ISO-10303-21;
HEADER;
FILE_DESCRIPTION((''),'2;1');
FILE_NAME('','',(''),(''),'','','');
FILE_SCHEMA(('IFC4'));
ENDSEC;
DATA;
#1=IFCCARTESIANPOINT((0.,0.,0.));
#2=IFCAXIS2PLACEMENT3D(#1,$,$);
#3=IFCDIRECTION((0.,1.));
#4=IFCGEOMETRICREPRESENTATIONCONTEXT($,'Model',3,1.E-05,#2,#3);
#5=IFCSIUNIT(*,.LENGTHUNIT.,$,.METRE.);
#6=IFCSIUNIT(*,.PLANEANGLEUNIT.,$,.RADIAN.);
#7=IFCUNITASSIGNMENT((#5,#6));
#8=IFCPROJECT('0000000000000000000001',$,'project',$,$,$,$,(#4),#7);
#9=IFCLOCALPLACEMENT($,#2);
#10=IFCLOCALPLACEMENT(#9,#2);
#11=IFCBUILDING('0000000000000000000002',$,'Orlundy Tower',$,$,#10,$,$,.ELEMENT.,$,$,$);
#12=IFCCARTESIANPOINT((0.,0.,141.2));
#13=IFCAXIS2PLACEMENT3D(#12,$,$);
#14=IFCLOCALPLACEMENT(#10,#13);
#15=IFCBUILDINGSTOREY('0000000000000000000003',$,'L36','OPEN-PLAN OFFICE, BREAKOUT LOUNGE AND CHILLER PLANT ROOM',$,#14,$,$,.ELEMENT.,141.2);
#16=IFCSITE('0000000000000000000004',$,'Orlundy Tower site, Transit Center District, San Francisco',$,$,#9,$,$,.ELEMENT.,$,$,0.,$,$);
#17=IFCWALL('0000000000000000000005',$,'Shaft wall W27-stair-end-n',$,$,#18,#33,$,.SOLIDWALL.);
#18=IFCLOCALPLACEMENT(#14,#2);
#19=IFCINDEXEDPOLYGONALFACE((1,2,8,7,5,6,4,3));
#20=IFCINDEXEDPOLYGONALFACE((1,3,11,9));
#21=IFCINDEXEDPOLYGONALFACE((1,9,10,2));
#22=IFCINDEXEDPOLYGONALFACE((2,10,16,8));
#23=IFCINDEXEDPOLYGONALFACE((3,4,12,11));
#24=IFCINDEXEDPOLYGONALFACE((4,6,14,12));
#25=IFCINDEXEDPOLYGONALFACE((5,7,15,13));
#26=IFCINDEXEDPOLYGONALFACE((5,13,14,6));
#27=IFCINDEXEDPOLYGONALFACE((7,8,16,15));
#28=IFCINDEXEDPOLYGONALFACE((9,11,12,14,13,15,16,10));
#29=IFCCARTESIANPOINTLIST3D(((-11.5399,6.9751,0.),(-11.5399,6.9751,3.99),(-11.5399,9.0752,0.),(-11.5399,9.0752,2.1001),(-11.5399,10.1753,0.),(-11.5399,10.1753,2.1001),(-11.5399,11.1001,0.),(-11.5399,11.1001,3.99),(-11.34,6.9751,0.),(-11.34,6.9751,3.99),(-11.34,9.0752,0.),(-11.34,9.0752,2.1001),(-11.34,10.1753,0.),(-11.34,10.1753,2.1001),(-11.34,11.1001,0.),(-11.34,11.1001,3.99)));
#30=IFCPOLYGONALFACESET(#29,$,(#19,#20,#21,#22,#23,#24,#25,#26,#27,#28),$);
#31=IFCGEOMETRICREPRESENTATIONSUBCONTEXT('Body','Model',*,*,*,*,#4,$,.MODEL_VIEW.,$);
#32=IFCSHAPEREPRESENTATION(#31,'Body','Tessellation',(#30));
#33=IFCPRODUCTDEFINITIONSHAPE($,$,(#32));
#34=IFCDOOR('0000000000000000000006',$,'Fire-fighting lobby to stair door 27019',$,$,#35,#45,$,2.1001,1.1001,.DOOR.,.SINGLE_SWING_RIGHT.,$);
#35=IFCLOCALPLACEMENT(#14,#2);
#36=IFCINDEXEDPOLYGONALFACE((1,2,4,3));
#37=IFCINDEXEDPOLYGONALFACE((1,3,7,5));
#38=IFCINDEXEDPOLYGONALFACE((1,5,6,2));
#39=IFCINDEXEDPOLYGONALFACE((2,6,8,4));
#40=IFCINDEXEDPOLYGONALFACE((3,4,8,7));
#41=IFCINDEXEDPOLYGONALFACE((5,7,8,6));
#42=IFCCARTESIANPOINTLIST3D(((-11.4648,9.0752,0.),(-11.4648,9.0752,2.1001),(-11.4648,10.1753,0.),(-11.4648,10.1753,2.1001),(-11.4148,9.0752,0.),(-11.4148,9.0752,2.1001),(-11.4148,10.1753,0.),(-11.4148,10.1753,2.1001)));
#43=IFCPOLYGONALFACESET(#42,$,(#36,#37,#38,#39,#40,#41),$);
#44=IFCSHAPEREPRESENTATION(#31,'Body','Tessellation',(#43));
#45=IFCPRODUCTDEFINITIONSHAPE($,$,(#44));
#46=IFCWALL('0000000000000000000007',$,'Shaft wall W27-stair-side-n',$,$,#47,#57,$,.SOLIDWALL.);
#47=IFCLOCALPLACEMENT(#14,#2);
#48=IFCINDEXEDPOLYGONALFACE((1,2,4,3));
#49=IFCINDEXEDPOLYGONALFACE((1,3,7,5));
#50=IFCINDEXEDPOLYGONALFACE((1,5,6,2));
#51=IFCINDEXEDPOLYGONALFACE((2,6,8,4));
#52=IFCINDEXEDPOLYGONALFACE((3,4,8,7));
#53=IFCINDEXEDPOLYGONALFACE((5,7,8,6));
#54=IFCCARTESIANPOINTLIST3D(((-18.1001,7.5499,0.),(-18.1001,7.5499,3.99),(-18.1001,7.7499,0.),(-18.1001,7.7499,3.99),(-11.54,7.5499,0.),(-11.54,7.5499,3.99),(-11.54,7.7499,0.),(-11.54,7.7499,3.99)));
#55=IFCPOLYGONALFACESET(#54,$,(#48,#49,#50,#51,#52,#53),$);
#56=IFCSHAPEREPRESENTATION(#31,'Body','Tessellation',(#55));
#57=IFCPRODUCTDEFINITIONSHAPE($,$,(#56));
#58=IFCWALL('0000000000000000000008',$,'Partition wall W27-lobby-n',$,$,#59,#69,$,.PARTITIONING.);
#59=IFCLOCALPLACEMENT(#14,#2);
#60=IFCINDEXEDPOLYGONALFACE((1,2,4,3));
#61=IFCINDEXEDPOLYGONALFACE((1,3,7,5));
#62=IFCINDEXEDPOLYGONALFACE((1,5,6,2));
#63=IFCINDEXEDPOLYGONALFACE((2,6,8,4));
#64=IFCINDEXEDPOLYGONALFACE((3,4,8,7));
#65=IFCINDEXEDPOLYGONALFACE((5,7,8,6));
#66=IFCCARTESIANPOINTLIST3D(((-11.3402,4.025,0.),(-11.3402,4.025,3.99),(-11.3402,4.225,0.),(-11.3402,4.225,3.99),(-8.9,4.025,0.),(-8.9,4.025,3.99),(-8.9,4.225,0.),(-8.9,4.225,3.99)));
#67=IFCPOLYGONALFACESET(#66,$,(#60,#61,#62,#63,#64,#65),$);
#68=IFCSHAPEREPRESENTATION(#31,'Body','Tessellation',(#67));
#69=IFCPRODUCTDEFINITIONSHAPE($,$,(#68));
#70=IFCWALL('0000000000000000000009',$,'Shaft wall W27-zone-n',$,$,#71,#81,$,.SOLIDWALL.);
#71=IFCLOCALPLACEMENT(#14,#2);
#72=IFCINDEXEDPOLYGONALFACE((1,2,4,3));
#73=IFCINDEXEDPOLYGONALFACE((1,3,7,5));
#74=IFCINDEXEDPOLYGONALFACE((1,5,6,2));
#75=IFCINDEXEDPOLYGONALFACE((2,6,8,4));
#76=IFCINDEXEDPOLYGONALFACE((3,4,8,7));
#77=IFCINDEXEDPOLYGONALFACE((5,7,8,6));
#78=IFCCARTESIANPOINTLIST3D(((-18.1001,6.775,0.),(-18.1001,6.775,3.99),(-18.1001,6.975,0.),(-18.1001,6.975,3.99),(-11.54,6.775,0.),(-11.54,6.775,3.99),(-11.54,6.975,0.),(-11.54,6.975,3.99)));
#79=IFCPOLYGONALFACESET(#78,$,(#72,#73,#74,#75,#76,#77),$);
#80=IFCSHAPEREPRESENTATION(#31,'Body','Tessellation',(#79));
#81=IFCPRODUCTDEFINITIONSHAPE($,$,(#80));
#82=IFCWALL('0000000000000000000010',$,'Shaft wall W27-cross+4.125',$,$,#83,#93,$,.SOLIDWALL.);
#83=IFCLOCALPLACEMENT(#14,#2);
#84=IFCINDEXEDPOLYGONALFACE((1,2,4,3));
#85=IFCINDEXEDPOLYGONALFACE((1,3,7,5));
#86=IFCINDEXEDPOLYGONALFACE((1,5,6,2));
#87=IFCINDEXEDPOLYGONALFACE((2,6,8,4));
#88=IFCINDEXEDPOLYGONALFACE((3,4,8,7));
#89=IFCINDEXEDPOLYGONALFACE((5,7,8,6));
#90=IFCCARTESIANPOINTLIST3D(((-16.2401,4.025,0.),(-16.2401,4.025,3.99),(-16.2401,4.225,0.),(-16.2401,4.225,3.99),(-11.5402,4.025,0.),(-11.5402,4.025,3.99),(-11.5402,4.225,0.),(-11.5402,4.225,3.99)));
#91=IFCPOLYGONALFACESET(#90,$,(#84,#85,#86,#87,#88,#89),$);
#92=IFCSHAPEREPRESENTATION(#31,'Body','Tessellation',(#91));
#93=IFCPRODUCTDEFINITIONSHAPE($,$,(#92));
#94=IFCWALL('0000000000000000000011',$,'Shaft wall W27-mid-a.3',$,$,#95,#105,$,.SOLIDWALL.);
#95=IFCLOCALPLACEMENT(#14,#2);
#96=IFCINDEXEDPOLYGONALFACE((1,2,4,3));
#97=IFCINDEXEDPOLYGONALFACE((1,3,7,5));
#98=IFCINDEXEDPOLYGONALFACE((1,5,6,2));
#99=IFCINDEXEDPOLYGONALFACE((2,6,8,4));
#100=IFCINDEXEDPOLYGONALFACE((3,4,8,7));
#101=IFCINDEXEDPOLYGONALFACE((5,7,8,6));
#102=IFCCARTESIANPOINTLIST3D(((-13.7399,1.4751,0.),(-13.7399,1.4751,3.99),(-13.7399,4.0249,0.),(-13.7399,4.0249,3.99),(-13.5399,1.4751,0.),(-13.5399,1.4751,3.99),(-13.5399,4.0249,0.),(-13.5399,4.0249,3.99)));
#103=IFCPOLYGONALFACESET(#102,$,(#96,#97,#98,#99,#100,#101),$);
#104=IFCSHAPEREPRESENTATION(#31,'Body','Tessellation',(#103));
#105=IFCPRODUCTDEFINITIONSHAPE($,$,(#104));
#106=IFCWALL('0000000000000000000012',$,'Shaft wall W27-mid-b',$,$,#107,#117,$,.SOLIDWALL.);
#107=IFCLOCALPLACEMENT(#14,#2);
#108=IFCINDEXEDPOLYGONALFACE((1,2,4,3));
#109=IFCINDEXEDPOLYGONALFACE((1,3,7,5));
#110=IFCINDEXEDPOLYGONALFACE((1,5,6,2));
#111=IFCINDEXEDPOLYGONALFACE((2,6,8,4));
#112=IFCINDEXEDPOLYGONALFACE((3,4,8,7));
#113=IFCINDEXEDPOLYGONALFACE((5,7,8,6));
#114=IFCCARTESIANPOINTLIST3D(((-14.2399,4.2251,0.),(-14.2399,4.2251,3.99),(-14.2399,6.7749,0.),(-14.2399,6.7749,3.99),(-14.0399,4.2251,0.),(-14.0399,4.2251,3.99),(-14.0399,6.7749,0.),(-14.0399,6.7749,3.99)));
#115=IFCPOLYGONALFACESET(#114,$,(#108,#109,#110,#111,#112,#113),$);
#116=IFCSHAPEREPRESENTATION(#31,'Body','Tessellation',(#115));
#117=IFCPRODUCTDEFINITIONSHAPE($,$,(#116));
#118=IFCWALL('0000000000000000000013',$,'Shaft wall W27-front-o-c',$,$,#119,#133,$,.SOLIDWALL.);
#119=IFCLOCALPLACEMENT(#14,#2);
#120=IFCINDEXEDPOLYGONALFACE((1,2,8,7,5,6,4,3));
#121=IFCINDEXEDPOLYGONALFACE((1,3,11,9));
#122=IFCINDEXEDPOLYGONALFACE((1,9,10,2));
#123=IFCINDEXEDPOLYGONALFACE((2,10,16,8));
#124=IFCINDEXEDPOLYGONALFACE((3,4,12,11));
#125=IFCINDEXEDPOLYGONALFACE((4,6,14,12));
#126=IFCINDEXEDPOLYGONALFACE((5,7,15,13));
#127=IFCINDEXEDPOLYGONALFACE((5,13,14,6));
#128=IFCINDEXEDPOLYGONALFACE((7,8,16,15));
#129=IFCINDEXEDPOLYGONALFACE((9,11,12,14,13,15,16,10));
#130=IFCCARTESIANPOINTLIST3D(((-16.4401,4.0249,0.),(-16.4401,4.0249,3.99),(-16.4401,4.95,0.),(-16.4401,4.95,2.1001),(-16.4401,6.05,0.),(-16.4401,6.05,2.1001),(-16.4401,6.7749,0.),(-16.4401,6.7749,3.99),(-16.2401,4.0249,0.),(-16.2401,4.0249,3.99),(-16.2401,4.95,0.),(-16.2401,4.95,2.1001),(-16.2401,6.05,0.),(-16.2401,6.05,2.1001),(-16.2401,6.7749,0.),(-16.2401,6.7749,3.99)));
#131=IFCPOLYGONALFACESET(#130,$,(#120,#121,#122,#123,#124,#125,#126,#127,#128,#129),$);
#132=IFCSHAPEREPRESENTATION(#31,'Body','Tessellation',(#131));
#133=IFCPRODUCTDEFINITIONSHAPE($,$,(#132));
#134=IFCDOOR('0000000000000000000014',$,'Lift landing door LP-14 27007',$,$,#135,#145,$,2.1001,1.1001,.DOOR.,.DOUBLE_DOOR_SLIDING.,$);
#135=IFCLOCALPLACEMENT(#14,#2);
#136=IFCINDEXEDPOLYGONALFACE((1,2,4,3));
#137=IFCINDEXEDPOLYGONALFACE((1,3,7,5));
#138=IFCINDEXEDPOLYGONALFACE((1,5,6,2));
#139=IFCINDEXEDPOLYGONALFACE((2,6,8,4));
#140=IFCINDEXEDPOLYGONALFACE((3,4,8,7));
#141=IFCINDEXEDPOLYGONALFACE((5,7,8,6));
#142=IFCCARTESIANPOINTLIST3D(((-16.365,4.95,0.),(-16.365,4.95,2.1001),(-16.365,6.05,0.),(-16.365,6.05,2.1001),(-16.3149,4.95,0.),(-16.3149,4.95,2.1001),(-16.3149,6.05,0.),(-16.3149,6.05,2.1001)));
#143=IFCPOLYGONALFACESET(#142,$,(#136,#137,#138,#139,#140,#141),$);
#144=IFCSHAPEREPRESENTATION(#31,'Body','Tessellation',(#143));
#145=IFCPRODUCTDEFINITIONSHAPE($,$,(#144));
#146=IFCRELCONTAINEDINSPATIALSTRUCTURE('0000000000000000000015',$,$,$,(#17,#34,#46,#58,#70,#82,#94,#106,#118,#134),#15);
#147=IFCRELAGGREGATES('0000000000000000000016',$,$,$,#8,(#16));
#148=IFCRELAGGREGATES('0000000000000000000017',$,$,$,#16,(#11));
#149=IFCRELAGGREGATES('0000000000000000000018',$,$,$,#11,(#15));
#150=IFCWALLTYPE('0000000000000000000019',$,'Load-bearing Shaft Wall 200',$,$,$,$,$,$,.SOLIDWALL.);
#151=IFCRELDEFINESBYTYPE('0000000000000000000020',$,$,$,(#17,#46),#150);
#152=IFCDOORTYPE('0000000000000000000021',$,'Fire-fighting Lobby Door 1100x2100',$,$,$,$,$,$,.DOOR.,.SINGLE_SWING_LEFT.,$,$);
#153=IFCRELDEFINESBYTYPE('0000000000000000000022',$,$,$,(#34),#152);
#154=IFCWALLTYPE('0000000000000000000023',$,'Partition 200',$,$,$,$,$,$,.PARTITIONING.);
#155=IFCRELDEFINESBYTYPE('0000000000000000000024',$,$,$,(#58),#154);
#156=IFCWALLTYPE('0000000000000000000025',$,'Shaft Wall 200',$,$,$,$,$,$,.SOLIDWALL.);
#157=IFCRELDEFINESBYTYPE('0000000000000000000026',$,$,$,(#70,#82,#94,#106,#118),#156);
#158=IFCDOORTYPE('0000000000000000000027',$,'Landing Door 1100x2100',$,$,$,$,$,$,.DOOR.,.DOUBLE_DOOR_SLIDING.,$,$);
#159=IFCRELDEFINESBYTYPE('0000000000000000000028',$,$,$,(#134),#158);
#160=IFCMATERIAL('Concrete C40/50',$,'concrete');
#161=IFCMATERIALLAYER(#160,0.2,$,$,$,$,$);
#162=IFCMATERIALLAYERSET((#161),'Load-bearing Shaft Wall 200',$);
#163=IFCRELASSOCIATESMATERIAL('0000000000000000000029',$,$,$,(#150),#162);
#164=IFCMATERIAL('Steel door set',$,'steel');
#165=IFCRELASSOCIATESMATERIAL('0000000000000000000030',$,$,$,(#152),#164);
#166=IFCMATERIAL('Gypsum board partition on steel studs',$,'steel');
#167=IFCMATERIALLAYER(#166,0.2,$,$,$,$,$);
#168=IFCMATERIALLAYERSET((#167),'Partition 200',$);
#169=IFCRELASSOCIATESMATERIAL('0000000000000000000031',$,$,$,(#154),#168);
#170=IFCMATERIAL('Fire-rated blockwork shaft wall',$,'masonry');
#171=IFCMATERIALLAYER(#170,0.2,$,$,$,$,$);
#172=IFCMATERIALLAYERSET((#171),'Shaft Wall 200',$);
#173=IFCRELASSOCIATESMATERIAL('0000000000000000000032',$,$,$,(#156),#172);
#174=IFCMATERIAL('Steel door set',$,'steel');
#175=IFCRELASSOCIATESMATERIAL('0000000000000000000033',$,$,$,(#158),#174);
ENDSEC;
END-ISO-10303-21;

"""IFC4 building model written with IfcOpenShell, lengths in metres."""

from ifc_helpers import new_model, si_unit, direction, frame, frame_2d, origin, place, context, subcontext, project, spatial, rectangle, extrude, material, layer, layer_set, type_object, element, fill, save


model = new_model("IFC4")

# Units and contexts
model_context = context("Model", 3, precision=1e-05, world=origin(), true_north=direction((0.0, 1.0)))
body_context = subcontext(model_context, "Body", "Model", "MODEL_VIEW")
ifc_project = project(units=[si_unit("LENGTHUNIT", "METRE"), si_unit("PLANEANGLEUNIT", "RADIAN")], contexts=[model_context])

# Site, building, storey
site_placement = place(None, origin())
site = spatial("IfcSite", under=ifc_project, at=site_placement, Name="Orlundy Tower site, Transit Center District, San Francisco", CompositionType="ELEMENT", RefElevation=0.0)
building_placement = place(site_placement, origin())
building = spatial("IfcBuilding", under=site, at=building_placement, Name="Orlundy Tower", CompositionType="ELEMENT")
storey_placement = place(building_placement, frame((0.0, 0.0, 141.2)))
storey = spatial("IfcBuildingStorey", under=building, at=storey_placement, Name="L36", Description="OPEN-PLAN OFFICE, BREAKOUT LOUNGE AND CHILLER PLANT ROOM", CompositionType="ELEMENT", Elevation=141.2)

# Wall, opening, door
ifc_material_1 = material(Name="Concrete C40/50", Category="concrete")
ifc_layer_1 = layer(ifc_material_1, 0.2)
ifc_layer_set_1 = layer_set([ifc_layer_1], Name="Load-bearing Shaft Wall 200")
wall_type_1 = type_object("IfcWallType", Name="Load-bearing Shaft Wall 200", PredefinedType="SOLIDWALL", material=ifc_layer_set_1)
wall_1_placement = place(storey_placement, frame((-11.4399, 6.9751, 0.0), z_axis=(0.0, 0.0, 1.0), x_axis=(0.0, 1.0, 0.0)))
wall_1 = element("IfcWall", 1, at=wall_1_placement, inside=storey, type_object=wall_type_1, Name="Shaft wall W27-stair-end-n", PredefinedType="SOLIDWALL", context=body_context, shape_type="SweptSolid", body=[
    extrude(rectangle(XDim=4.125, YDim=0.2, at=frame_2d((2.0625, 0.0))), origin(), (0.0, 0.0, 1.0), 3.99),
])
opening_1_placement = place(wall_1_placement, frame((2.1001, 0.0, 0.0)))
opening_1 = element("IfcOpeningElement", 2, at=opening_1_placement, cuts=wall_1, PredefinedType="OPENING", context=body_context, shape_type="SweptSolid", body=[
    extrude(rectangle(XDim=1.1001, YDim=2.1001, at=frame_2d((0.55, 1.05))), frame((0.0, 0.1101, 0.0), z_axis=(0.0, -1.0, 0.0), x_axis=(1.0, 0.0, 0.0)), (0.0, 0.0, 1.0), 0.2202),
])
ifc_material_2 = material(Name="Steel door set", Category="steel")
door_type_1 = type_object("IfcDoorType", Name="Fire-fighting Lobby Door 1100x2100", OperationType="SINGLE_SWING_LEFT", PredefinedType="DOOR", material=ifc_material_2)
door_1_placement = place(opening_1_placement, origin())
door_1 = element("IfcDoor", 3, at=door_1_placement, inside=storey, type_object=door_type_1, Name="Fire-fighting lobby to stair door 27019", OperationType="SINGLE_SWING_RIGHT", OverallHeight=2.1001, OverallWidth=1.1001, PredefinedType="DOOR", context=body_context, shape_type="SweptSolid", body=[
    extrude(rectangle(XDim=1.1001, YDim=2.1001, at=frame_2d((0.55, 1.05))), frame((0.0, 0.0249, 0.0), z_axis=(0.0, -1.0, 0.0), x_axis=(1.0, 0.0, 0.0)), (0.0, 0.0, 1.0), 0.05),
])
fill(opening_1, door_1)

# Walls
wall_2_placement = place(storey_placement, frame((-11.54, 7.6499, 0.0), z_axis=(0.0, 0.0, 1.0), x_axis=(-1.0, 0.0, 0.0)))
element("IfcWall", 4, at=wall_2_placement, inside=storey, type_object=wall_type_1, Name="Shaft wall W27-stair-side-n", PredefinedType="SOLIDWALL", context=body_context, shape_type="SweptSolid", body=[
    extrude(rectangle(XDim=6.5601, YDim=0.2, at=frame_2d((3.28, 0.0))), origin(), (0.0, 0.0, 1.0), 3.99),
])
ifc_material_3 = material(Name="Gypsum board partition on steel studs", Category="steel")
ifc_layer_2 = layer(ifc_material_3, 0.2)
ifc_layer_set_2 = layer_set([ifc_layer_2], Name="Partition 200")
wall_type_2 = type_object("IfcWallType", Name="Partition 200", PredefinedType="PARTITIONING", material=ifc_layer_set_2)
wall_3_placement = place(storey_placement, frame((-8.8999, 4.125, 0.0), z_axis=(0.0, 0.0, 1.0), x_axis=(-1.0, 0.0, 0.0)))
element("IfcWall", 5, at=wall_3_placement, inside=storey, type_object=wall_type_2, Name="Partition wall W27-lobby-n", PredefinedType="PARTITIONING", context=body_context, shape_type="SweptSolid", body=[
    extrude(rectangle(XDim=2.4402, YDim=0.2, at=frame_2d((1.2202, 0.0))), origin(), (0.0, 0.0, 1.0), 3.99),
])
ifc_material_4 = material(Name="Fire-rated blockwork shaft wall", Category="masonry")
ifc_layer_3 = layer(ifc_material_4, 0.2)
ifc_layer_set_3 = layer_set([ifc_layer_3], Name="Shaft Wall 200")
wall_type_3 = type_object("IfcWallType", Name="Shaft Wall 200", PredefinedType="SOLIDWALL", material=ifc_layer_set_3)
wall_4_placement = place(storey_placement, frame((-11.54, 6.875, 0.0), z_axis=(0.0, 0.0, 1.0), x_axis=(-1.0, 0.0, 0.0)))
element("IfcWall", 6, at=wall_4_placement, inside=storey, type_object=wall_type_3, Name="Shaft wall W27-zone-n", PredefinedType="SOLIDWALL", context=body_context, shape_type="SweptSolid", body=[
    extrude(rectangle(XDim=6.5601, YDim=0.2, at=frame_2d((3.28, 0.0))), origin(), (0.0, 0.0, 1.0), 3.99),
])
wall_5_placement = place(storey_placement, frame((-11.54, 4.125, 0.0), z_axis=(0.0, 0.0, 1.0), x_axis=(-1.0, 0.0, 0.0)))
element("IfcWall", 7, at=wall_5_placement, inside=storey, type_object=wall_type_3, Name="Shaft wall W27-cross+4.125", PredefinedType="SOLIDWALL", context=body_context, shape_type="SweptSolid", body=[
    extrude(rectangle(XDim=4.7, YDim=0.2, at=frame_2d((2.3501, 0.0))), origin(), (0.0, 0.0, 1.0), 3.99),
])
for number, where, z_axis, x_axis, name in (
    (8, (-13.6399, 1.4751, 0.0), (0.0, 0.0, 1.0), (0.0, 1.0, 0.0), "Shaft wall W27-mid-a.3"),
    (9, (-14.1399, 4.2251, 0.0), (0.0, 0.0, 1.0), (0.0, 1.0, 0.0), "Shaft wall W27-mid-b"),
):
    element("IfcWall", number, at=place(storey_placement, frame(where, z_axis=z_axis, x_axis=x_axis)), inside=storey, type_object=wall_type_3, Name=name, PredefinedType="SOLIDWALL", context=body_context, shape_type="SweptSolid", body=[
        extrude(rectangle(XDim=2.5498, YDim=0.2, at=frame_2d((1.2749, 0.0))), origin(), (0.0, 0.0, 1.0), 3.99),
    ])

# Wall, opening, door
wall_6_placement = place(storey_placement, frame((-16.3401, 4.0249, 0.0), z_axis=(0.0, 0.0, 1.0), x_axis=(0.0, 1.0, 0.0)))
wall_6 = element("IfcWall", 10, at=wall_6_placement, inside=storey, type_object=wall_type_3, Name="Shaft wall W27-front-o-c", PredefinedType="SOLIDWALL", context=body_context, shape_type="SweptSolid", body=[
    extrude(rectangle(XDim=2.75, YDim=0.2, at=frame_2d((1.375, 0.0))), origin(), (0.0, 0.0, 1.0), 3.99),
])
opening_2_placement = place(wall_6_placement, frame((0.925, 0.0, 0.0)))
opening_2 = element("IfcOpeningElement", 11, at=opening_2_placement, cuts=wall_6, PredefinedType="OPENING", context=body_context, shape_type="SweptSolid", body=[
    extrude(rectangle(XDim=1.1001, YDim=2.1001, at=frame_2d((0.55, 1.05))), frame((0.0, 0.1101, 0.0), z_axis=(0.0, -1.0, 0.0), x_axis=(1.0, 0.0, 0.0)), (0.0, 0.0, 1.0), 0.2202),
])
ifc_material_5 = material(Name="Steel door set", Category="steel")
door_type_2 = type_object("IfcDoorType", Name="Landing Door 1100x2100", OperationType="DOUBLE_DOOR_SLIDING", PredefinedType="DOOR", material=ifc_material_5)
door_2_placement = place(opening_2_placement, origin())
door_2 = element("IfcDoor", 12, at=door_2_placement, inside=storey, type_object=door_type_2, Name="Lift landing door LP-14 27007", OperationType="DOUBLE_DOOR_SLIDING", OverallHeight=2.1001, OverallWidth=1.1001, PredefinedType="DOOR", context=body_context, shape_type="SweptSolid", body=[
    extrude(rectangle(XDim=1.1001, YDim=2.1001, at=frame_2d((0.55, 1.05))), frame((0.0, 0.0249, 0.0), z_axis=(0.0, -1.0, 0.0), x_axis=(1.0, 0.0, 0.0)), (0.0, 0.0, 1.0), 0.05),
])
fill(opening_2, door_2)

save(model, "model.ifc")
